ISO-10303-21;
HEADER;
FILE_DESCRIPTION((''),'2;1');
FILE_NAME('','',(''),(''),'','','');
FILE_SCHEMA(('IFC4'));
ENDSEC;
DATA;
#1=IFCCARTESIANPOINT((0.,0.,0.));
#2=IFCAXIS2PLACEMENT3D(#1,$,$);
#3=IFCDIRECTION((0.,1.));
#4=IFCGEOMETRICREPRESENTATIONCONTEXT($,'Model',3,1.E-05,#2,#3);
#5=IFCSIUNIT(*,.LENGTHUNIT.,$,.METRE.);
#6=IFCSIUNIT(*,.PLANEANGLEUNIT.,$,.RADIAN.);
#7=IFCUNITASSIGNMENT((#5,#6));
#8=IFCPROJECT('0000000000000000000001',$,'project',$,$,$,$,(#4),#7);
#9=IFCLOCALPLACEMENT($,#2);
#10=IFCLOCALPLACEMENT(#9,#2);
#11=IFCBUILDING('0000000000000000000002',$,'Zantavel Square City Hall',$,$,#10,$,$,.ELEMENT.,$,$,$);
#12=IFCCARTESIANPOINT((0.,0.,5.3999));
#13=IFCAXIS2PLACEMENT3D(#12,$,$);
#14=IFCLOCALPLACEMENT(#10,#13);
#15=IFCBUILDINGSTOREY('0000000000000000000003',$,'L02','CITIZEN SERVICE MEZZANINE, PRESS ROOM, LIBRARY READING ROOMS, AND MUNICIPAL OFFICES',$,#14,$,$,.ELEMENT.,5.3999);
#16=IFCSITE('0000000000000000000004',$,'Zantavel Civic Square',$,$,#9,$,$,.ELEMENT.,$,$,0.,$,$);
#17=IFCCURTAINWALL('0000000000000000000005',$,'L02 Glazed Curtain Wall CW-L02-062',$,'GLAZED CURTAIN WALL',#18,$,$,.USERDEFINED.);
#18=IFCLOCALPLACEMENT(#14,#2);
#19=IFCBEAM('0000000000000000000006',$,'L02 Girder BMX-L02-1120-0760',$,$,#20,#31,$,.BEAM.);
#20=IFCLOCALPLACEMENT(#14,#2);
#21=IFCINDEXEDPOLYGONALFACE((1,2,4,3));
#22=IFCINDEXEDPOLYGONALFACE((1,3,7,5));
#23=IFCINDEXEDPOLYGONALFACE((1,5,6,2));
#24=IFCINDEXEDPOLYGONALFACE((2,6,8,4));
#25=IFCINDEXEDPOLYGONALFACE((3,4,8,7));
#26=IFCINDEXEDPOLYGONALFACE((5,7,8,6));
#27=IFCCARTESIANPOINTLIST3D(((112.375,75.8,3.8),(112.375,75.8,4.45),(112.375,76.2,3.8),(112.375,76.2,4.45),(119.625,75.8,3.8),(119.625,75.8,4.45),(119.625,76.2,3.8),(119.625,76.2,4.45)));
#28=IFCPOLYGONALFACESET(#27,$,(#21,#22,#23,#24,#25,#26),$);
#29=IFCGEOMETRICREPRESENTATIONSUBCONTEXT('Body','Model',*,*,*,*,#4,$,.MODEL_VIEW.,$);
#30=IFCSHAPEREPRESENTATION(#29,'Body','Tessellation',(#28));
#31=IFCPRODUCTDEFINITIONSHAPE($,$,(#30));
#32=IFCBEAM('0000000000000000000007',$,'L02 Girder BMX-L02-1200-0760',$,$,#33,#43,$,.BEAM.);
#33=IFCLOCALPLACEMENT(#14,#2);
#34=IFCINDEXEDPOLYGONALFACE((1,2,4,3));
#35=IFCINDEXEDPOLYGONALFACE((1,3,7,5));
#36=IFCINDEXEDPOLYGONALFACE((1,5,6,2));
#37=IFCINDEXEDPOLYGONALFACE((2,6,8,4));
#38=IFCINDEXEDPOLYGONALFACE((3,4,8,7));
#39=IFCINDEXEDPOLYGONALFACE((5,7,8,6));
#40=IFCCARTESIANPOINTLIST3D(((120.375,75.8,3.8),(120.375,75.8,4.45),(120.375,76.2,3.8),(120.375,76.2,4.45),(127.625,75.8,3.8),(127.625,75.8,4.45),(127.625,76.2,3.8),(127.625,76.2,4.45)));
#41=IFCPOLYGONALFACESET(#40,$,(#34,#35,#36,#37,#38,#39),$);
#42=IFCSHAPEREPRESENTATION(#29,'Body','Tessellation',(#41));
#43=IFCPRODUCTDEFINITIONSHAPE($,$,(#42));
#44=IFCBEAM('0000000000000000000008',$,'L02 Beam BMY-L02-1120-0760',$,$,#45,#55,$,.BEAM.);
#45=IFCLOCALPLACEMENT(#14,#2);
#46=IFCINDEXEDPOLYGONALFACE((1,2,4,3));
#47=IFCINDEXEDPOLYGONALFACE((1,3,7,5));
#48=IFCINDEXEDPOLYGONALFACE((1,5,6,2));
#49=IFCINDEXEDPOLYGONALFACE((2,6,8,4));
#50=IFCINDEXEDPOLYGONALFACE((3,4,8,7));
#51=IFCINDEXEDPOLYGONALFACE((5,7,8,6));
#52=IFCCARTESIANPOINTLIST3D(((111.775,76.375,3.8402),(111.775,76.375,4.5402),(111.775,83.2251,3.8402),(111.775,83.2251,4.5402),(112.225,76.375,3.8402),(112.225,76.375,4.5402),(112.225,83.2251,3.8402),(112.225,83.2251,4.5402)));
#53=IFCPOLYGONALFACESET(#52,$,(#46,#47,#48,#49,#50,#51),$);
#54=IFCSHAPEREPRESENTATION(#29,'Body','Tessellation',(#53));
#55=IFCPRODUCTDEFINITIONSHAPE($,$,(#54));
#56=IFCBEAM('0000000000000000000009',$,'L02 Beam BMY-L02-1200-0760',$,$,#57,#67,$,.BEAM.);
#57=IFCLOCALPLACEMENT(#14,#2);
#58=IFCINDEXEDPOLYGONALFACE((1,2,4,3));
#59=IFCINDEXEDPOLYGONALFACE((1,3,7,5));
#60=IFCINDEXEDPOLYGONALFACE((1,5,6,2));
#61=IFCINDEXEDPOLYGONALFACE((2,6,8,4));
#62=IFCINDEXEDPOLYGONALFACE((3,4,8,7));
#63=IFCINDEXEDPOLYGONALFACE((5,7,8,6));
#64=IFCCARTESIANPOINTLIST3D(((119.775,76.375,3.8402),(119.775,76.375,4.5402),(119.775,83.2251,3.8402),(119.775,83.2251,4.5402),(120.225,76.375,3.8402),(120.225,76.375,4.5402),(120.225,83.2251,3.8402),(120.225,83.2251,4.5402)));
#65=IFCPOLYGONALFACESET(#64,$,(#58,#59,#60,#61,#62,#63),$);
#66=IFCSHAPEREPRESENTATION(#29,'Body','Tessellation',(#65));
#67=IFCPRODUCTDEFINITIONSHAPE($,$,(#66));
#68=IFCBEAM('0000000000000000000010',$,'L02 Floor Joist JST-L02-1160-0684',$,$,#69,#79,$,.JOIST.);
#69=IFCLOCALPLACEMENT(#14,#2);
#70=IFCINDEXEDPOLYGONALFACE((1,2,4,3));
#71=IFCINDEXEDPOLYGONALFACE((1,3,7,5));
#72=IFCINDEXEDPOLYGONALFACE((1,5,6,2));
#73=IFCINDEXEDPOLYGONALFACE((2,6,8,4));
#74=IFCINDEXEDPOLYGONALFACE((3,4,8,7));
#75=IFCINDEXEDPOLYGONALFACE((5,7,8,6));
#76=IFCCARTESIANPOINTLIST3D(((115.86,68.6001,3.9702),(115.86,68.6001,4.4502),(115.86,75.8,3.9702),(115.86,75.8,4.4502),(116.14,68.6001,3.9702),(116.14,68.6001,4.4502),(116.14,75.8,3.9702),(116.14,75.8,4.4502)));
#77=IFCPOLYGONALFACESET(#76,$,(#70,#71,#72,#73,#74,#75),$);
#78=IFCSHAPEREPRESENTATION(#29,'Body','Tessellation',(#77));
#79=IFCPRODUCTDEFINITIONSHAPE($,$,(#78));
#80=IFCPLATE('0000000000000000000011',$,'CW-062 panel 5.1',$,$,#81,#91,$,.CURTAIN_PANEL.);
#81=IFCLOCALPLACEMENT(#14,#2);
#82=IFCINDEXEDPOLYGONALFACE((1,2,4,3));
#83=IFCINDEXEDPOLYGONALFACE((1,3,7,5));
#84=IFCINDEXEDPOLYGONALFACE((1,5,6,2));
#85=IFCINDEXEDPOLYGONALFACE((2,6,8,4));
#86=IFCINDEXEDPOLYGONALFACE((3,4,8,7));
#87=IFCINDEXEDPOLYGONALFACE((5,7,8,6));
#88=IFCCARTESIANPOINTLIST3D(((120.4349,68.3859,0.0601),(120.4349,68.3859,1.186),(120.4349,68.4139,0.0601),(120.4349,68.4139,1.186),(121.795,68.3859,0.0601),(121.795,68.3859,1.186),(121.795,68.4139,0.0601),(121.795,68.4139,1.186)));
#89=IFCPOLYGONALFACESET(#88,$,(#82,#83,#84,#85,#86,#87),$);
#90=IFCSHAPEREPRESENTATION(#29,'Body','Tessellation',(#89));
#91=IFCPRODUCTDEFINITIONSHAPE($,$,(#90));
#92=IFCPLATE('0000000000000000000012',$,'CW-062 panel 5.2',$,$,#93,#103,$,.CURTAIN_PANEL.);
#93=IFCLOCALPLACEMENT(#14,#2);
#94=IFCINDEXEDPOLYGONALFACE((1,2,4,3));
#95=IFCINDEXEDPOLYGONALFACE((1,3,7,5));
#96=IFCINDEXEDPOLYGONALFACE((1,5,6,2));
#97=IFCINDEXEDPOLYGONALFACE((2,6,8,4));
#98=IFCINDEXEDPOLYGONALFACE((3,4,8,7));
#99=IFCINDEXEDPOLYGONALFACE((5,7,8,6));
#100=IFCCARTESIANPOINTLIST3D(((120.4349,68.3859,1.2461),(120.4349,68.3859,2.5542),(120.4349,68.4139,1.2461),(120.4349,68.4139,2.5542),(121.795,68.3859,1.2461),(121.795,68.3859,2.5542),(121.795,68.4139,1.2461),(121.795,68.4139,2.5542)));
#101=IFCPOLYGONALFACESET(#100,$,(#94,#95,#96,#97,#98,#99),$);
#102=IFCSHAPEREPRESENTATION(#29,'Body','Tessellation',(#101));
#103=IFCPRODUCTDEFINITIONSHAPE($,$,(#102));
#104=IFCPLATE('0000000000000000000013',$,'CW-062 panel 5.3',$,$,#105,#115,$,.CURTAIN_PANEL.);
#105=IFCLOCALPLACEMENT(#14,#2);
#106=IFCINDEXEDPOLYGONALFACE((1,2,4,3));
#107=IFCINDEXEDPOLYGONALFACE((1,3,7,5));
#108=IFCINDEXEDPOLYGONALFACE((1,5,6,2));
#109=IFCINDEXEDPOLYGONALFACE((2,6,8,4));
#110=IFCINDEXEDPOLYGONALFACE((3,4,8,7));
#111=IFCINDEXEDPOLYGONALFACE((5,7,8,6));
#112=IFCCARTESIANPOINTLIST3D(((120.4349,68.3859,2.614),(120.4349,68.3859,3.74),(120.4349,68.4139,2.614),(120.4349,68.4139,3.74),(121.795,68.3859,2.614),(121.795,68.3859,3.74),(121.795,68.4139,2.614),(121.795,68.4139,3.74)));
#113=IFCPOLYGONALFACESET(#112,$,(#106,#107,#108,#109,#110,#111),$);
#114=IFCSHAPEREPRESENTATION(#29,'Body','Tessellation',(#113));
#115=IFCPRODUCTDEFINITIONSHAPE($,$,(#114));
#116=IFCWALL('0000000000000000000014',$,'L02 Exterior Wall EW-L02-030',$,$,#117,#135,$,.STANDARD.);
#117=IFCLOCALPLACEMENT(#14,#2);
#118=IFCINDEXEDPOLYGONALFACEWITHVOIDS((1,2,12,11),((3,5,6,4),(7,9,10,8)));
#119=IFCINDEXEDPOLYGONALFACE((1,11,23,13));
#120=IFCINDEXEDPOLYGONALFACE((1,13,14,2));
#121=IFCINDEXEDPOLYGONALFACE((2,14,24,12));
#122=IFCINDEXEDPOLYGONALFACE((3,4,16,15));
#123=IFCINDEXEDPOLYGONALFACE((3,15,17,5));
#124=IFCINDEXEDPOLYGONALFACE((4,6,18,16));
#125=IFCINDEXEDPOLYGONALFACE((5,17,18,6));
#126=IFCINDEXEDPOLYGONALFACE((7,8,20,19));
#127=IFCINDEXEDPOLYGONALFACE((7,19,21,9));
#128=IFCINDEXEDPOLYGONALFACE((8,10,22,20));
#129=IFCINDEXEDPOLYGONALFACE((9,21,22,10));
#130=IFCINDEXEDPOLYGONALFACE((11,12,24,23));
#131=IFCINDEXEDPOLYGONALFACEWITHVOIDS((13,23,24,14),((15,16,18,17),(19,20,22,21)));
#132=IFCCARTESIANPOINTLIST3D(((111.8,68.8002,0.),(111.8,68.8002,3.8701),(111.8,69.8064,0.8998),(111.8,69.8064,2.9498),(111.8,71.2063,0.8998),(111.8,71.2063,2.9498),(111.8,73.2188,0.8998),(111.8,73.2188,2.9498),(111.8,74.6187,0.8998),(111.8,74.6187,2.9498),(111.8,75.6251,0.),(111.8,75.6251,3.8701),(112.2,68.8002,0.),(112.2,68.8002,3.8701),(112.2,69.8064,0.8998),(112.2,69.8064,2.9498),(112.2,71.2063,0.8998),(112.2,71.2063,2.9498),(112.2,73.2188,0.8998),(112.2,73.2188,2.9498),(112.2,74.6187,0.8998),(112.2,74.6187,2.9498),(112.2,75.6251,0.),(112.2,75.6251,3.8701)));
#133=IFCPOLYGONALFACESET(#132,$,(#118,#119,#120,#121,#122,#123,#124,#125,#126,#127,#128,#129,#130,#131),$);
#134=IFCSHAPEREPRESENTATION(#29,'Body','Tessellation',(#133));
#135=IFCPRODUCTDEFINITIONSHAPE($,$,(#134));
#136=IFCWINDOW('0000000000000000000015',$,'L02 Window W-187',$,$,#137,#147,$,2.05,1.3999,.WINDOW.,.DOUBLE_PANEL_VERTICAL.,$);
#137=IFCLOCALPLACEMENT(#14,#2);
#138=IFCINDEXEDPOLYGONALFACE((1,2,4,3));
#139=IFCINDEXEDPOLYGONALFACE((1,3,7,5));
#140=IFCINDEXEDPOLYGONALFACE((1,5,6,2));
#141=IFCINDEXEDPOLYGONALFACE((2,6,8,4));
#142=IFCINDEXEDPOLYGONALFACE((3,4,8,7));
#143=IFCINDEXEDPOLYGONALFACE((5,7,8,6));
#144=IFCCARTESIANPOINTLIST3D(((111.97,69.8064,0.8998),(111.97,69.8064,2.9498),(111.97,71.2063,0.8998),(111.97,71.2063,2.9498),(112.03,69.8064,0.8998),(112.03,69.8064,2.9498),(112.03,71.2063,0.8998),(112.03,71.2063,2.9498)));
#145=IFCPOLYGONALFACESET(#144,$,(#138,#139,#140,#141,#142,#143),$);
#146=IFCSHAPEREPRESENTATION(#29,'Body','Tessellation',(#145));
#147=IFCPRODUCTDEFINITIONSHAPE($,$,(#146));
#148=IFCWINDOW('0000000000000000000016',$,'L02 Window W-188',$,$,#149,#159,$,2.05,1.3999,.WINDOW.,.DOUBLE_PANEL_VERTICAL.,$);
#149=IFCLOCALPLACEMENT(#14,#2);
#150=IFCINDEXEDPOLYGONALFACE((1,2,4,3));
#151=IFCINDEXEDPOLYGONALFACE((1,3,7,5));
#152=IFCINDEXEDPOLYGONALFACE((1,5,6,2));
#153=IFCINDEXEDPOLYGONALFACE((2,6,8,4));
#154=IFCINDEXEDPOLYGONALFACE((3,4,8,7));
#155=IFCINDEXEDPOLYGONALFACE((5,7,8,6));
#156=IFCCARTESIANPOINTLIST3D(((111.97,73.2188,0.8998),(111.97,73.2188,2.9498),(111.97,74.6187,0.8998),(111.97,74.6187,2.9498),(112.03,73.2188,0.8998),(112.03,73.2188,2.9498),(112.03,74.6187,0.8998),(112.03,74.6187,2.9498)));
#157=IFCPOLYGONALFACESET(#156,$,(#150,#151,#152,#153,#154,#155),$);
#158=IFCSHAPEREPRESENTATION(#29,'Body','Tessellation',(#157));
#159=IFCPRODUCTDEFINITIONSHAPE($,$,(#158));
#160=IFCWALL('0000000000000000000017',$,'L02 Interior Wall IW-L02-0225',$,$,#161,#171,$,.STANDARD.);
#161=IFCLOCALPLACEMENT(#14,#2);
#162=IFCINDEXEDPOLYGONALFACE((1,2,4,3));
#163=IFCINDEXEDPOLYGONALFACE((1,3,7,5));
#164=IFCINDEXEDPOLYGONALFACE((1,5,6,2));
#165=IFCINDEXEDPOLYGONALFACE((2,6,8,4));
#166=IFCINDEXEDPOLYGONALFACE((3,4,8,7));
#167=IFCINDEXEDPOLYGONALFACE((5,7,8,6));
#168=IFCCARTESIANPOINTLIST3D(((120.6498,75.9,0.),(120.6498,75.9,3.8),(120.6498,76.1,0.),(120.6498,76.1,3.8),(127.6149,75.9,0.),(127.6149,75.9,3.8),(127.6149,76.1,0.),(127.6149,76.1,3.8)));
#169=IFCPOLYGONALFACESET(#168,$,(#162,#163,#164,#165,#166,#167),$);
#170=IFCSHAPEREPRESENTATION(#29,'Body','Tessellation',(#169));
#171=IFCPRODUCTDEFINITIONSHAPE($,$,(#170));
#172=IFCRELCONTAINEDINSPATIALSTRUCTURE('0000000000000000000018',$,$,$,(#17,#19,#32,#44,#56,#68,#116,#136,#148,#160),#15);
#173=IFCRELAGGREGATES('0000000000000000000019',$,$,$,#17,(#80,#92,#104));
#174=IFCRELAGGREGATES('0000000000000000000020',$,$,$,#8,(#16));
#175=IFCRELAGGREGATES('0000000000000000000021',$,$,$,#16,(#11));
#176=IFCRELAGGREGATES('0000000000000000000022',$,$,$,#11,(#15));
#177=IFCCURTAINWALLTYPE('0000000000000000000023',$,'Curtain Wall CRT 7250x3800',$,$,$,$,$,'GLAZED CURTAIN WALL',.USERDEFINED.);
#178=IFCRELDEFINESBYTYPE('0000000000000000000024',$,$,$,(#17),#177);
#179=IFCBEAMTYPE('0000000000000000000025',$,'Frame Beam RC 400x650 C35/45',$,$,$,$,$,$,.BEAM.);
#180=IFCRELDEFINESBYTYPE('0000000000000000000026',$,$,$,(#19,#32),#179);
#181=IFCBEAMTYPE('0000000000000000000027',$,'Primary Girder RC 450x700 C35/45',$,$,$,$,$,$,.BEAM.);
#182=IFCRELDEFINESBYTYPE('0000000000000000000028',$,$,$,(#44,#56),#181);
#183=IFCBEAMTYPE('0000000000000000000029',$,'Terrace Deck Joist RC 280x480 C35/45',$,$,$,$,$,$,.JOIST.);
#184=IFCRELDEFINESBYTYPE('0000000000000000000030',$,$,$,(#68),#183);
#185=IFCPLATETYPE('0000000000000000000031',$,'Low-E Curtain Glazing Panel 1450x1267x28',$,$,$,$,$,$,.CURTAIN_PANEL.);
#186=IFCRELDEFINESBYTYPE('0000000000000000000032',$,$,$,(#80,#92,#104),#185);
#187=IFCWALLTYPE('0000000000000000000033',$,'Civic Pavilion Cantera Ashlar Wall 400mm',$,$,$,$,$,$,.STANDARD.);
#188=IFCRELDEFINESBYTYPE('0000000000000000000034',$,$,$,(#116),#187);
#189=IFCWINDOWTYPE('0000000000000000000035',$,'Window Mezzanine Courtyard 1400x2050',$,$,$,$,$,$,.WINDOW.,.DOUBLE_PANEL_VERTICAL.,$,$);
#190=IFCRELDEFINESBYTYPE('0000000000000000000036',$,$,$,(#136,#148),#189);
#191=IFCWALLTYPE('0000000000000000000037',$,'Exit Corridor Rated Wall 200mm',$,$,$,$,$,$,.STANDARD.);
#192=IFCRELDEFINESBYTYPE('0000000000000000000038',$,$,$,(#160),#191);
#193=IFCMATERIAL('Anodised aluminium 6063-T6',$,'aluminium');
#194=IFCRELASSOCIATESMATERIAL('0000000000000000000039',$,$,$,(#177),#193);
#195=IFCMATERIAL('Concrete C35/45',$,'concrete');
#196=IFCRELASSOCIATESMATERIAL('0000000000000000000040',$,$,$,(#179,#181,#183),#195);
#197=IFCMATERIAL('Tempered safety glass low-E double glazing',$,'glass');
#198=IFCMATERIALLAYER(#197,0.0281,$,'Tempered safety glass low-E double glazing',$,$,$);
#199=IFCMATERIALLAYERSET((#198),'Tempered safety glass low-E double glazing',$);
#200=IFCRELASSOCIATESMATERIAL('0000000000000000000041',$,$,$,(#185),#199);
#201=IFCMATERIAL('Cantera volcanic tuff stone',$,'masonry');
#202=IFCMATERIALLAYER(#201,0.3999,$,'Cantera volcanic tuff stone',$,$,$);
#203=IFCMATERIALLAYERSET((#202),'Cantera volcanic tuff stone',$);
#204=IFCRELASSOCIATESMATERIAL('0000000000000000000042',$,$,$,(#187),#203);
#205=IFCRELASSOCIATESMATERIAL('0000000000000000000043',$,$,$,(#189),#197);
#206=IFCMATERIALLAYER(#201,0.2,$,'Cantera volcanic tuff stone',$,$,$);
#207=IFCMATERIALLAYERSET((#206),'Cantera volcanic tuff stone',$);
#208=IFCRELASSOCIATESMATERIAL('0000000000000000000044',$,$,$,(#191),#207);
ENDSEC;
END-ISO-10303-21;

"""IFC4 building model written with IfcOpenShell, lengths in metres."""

from ifc_helpers import new_model, si_unit, direction, frame, frame_2d, origin, origin_2d, place, context, subcontext, project, spatial, rectangle, extrude, material, layer, layer_set, material_profile, profile_set, type_object, element, fill, aggregate, save


model = new_model("IFC4")

# Units and contexts
model_context = context("Model", 3, precision=1e-05, world=origin(), true_north=direction((0.0, 1.0)))
body_context = subcontext(model_context, "Body", "Model", "MODEL_VIEW")
ifc_project = project(units=[si_unit("LENGTHUNIT", "METRE"), si_unit("PLANEANGLEUNIT", "RADIAN")], contexts=[model_context])

# Site, building, storey
site_placement = place(None, origin())
site = spatial("IfcSite", under=ifc_project, at=site_placement, Name="Zantavel Civic Square", CompositionType="ELEMENT", RefElevation=0.0)
building_placement = place(site_placement, origin())
building = spatial("IfcBuilding", under=site, at=building_placement, Name="Zantavel Square City Hall", CompositionType="ELEMENT")
storey_placement = place(building_placement, frame((0.0, 0.0, 5.3999)))
storey = spatial("IfcBuildingStorey", under=building, at=storey_placement, Name="L02", Description="CITIZEN SERVICE MEZZANINE, PRESS ROOM, LIBRARY READING ROOMS, AND MUNICIPAL OFFICES", CompositionType="ELEMENT", Elevation=5.3999)

# Shared definitions
ifc_material_1 = material(Name="Concrete C35/45", Category="concrete")

# Curtain wall
ifc_material_2 = material(Name="Anodised aluminium 6063-T6", Category="aluminium")
curtain_wall_type = type_object("IfcCurtainWallType", Name="Curtain Wall CRT 7250x3800", ElementType="GLAZED CURTAIN WALL", PredefinedType="USERDEFINED", material=ifc_material_2)
curtain_wall_placement = place(storey_placement, origin())
curtain_wall = element("IfcCurtainWall", 1, at=curtain_wall_placement, inside=storey, type_object=curtain_wall_type, Name="L02 Glazed Curtain Wall CW-L02-062", ObjectType="GLAZED CURTAIN WALL", PredefinedType="USERDEFINED")

# Beams
ifc_material_profile_1 = material_profile(ifc_material_1, rectangle(XDim=0.3999, YDim=0.6499, at=origin_2d()), Name="RC 400x650")
ifc_profile_set_1 = profile_set([ifc_material_profile_1], Name="Concrete C35/45")
beam_type_1 = type_object("IfcBeamType", Name="Frame Beam RC 400x650 C35/45", PredefinedType="BEAM", material=ifc_profile_set_1)
for number, where, z_axis, x_axis, name in (
    (2, (112.375, 76.0, 4.125), (1.0, 0.0, 0.0), (0.0, 1.0, 0.0), "L02 Girder BMX-L02-1120-0760"),
    (3, (120.375, 76.0, 4.125), (1.0, 0.0, 0.0), (0.0, 1.0, 0.0), "L02 Girder BMX-L02-1200-0760"),
):
    element("IfcBeam", number, at=place(storey_placement, frame(where, z_axis=z_axis, x_axis=x_axis)), inside=storey, type_object=beam_type_1, Name=name, PredefinedType="BEAM", context=body_context, shape_type="SweptSolid", body=[
        extrude(rectangle(XDim=0.3999, YDim=0.6499, at=origin_2d()), origin(), (0.0, 0.0, 1.0), 7.25),
    ])
ifc_material_profile_2 = material_profile(ifc_material_1, rectangle(XDim=0.45, YDim=0.7, at=origin_2d()), Name="RC 450x700")
ifc_profile_set_2 = profile_set([ifc_material_profile_2], Name="Concrete C35/45")
beam_type_2 = type_object("IfcBeamType", Name="Primary Girder RC 450x700 C35/45", PredefinedType="BEAM", material=ifc_profile_set_2)
for number, where, z_axis, x_axis, name in (
    (4, (112.0, 76.375, 4.1902), (0.0, 1.0, 0.0), (-1.0, 0.0, 0.0), "L02 Beam BMY-L02-1120-0760"),
    (5, (120.0, 76.375, 4.1902), (0.0, 1.0, 0.0), (-1.0, 0.0, 0.0), "L02 Beam BMY-L02-1200-0760"),
):
    element("IfcBeam", number, at=place(storey_placement, frame(where, z_axis=z_axis, x_axis=x_axis)), inside=storey, type_object=beam_type_2, Name=name, PredefinedType="BEAM", context=body_context, shape_type="SweptSolid", body=[
        extrude(rectangle(XDim=0.45, YDim=0.7, at=origin_2d()), origin(), (0.0, 0.0, 1.0), 6.8501),
    ])
ifc_material_profile_3 = material_profile(ifc_material_1, rectangle(XDim=0.28, YDim=0.48, at=origin_2d()), Name="RC 280x480")
ifc_profile_set_3 = profile_set([ifc_material_profile_3], Name="Concrete C35/45")
beam_type_3 = type_object("IfcBeamType", Name="Terrace Deck Joist RC 280x480 C35/45", PredefinedType="JOIST", material=ifc_profile_set_3)
beam_1_placement = place(storey_placement, frame((116.0, 68.6001, 4.2102), z_axis=(0.0, 1.0, 0.0), x_axis=(-1.0, 0.0, 0.0)))
element("IfcBeam", 6, at=beam_1_placement, inside=storey, type_object=beam_type_3, Name="L02 Floor Joist JST-L02-1160-0684", PredefinedType="JOIST", context=body_context, shape_type="SweptSolid", body=[
    extrude(rectangle(XDim=0.28, YDim=0.48, at=origin_2d()), origin(), (0.0, 0.0, 1.0), 7.2),
])

# Plates
ifc_material_3 = material(Name="Tempered safety glass low-E double glazing", Category="glass")
ifc_layer_1 = layer(ifc_material_3, 0.0281, Name="Tempered safety glass low-E double glazing")
ifc_layer_set_1 = layer_set([ifc_layer_1], Name="Tempered safety glass low-E double glazing")
plate_type = type_object("IfcPlateType", Name="Low-E Curtain Glazing Panel 1450x1267x28", PredefinedType="CURTAIN_PANEL", material=ifc_layer_set_1)
plate_1_placement = place(storey_placement, frame((121.115, 68.3999, 0.0601), z_axis=(0.0, 0.0, 1.0), x_axis=(-1.0, 0.0, 0.0)))
plate_1 = element("IfcPlate", 7, at=plate_1_placement, type_object=plate_type, Name="CW-062 panel 5.1", PredefinedType="CURTAIN_PANEL", context=body_context, shape_type="SweptSolid", body=[
    extrude(rectangle(XDim=1.3601, YDim=0.0281, at=origin_2d()), origin(), (0.0, 0.0, 1.0), 1.126),
])
plate_2_placement = place(storey_placement, frame((121.115, 68.3999, 1.2461), z_axis=(0.0, 0.0, 1.0), x_axis=(-1.0, 0.0, 0.0)))
plate_2 = element("IfcPlate", 8, at=plate_2_placement, type_object=plate_type, Name="CW-062 panel 5.2", PredefinedType="CURTAIN_PANEL", context=body_context, shape_type="SweptSolid", body=[
    extrude(rectangle(XDim=1.3601, YDim=0.0281, at=origin_2d()), origin(), (0.0, 0.0, 1.0), 1.3081),
])
plate_3_placement = place(storey_placement, frame((121.115, 68.3999, 2.614), z_axis=(0.0, 0.0, 1.0), x_axis=(-1.0, 0.0, 0.0)))
plate_3 = element("IfcPlate", 9, at=plate_3_placement, type_object=plate_type, Name="CW-062 panel 5.3", PredefinedType="CURTAIN_PANEL", context=body_context, shape_type="SweptSolid", body=[
    extrude(rectangle(XDim=1.3601, YDim=0.0281, at=origin_2d()), origin(), (0.0, 0.0, 1.0), 1.126),
])
aggregate(curtain_wall, [plate_1, plate_2, plate_3])

# Wall, openings, windows
ifc_material_4 = material(Name="Cantera volcanic tuff stone", Category="masonry")
ifc_layer_2 = layer(ifc_material_4, 0.3999, Name="Cantera volcanic tuff stone")
ifc_layer_set_2 = layer_set([ifc_layer_2], Name="Cantera volcanic tuff stone")
wall_type_1 = type_object("IfcWallType", Name="Civic Pavilion Cantera Ashlar Wall 400mm", PredefinedType="STANDARD", material=ifc_layer_set_2)
wall_1_placement = place(storey_placement, frame((112.0, 68.8, 0.0), z_axis=(0.0, 0.0, 1.0), x_axis=(0.0, 1.0, 0.0)))
wall_1 = element("IfcWall", 10, at=wall_1_placement, inside=storey, type_object=wall_type_1, Name="L02 Exterior Wall EW-L02-030", PredefinedType="STANDARD", context=body_context, shape_type="SweptSolid", body=[
    extrude(rectangle(XDim=6.825, YDim=0.3999, at=frame_2d((3.4126, 0.0))), origin(), (0.0, 0.0, 1.0), 3.8701),
])
opening_1_placement = place(wall_1_placement, frame((1.0063, 0.0, 0.8999)))
opening_1 = element("IfcOpeningElement", 11, at=opening_1_placement, cuts=wall_1, PredefinedType="OPENING", context=body_context, shape_type="SweptSolid", body=[
    extrude(rectangle(XDim=1.3999, YDim=2.05, at=frame_2d((0.7, 1.0249))), frame((0.0, 0.21, 0.0), z_axis=(0.0, -1.0, 0.0), x_axis=(1.0, 0.0, 0.0)), (0.0, 0.0, 1.0), 0.4199),
])
opening_2_placement = place(wall_1_placement, frame((4.4187, 0.0, 0.8999)))
opening_2 = element("IfcOpeningElement", 12, at=opening_2_placement, cuts=wall_1, PredefinedType="OPENING", context=body_context, shape_type="SweptSolid", body=[
    extrude(rectangle(XDim=1.3999, YDim=2.05, at=frame_2d((0.7, 1.0249))), frame((0.0, 0.21, 0.0), z_axis=(0.0, -1.0, 0.0), x_axis=(1.0, 0.0, 0.0)), (0.0, 0.0, 1.0), 0.4199),
])
window_type = type_object("IfcWindowType", Name="Window Mezzanine Courtyard 1400x2050", PartitioningType="DOUBLE_PANEL_VERTICAL", PredefinedType="WINDOW", material=ifc_material_3)
window_1_placement = place(opening_1_placement, origin())
window_1 = element("IfcWindow", 13, at=window_1_placement, inside=storey, type_object=window_type, Name="L02 Window W-187", OverallHeight=2.05, OverallWidth=1.3999, PartitioningType="DOUBLE_PANEL_VERTICAL", PredefinedType="WINDOW", context=body_context, shape_type="SweptSolid", body=[
    extrude(rectangle(XDim=1.3999, YDim=2.05, at=frame_2d((0.7, 1.0249))), frame((0.0, 0.03, 0.0), z_axis=(0.0, -1.0, 0.0), x_axis=(1.0, 0.0, 0.0)), (0.0, 0.0, 1.0), 0.0601),
])
fill(opening_1, window_1)
window_2_placement = place(opening_2_placement, origin())
window_2 = element("IfcWindow", 14, at=window_2_placement, inside=storey, type_object=window_type, Name="L02 Window W-188", OverallHeight=2.05, OverallWidth=1.3999, PartitioningType="DOUBLE_PANEL_VERTICAL", PredefinedType="WINDOW", context=body_context, shape_type="SweptSolid", body=[
    extrude(rectangle(XDim=1.3999, YDim=2.05, at=frame_2d((0.7, 1.0249))), frame((0.0, 0.03, 0.0), z_axis=(0.0, -1.0, 0.0), x_axis=(1.0, 0.0, 0.0)), (0.0, 0.0, 1.0), 0.0601),
])
fill(opening_2, window_2)

# Shared definitions
ifc_layer_3 = layer(ifc_material_4, 0.2, Name="Cantera volcanic tuff stone")
ifc_layer_set_3 = layer_set([ifc_layer_3], Name="Cantera volcanic tuff stone")
wall_type_2 = type_object("IfcWallType", Name="Exit Corridor Rated Wall 200mm", PredefinedType="STANDARD", material=ifc_layer_set_3)

# Wall
wall_2_placement = place(storey_placement, frame((120.6499, 76.0, 0.0), z_axis=(0.0, 0.0, 1.0), x_axis=(1.0, 0.0, 0.0)))
element("IfcWall", 15, at=wall_2_placement, inside=storey, type_object=wall_type_2, Name="L02 Interior Wall IW-L02-0225", PredefinedType="STANDARD", context=body_context, shape_type="SweptSolid", body=[
    extrude(rectangle(XDim=6.9651, YDim=0.2, at=frame_2d((3.4824, 0.0))), origin(), (0.0, 0.0, 1.0), 3.8),
])

save(model, "model.ifc")
